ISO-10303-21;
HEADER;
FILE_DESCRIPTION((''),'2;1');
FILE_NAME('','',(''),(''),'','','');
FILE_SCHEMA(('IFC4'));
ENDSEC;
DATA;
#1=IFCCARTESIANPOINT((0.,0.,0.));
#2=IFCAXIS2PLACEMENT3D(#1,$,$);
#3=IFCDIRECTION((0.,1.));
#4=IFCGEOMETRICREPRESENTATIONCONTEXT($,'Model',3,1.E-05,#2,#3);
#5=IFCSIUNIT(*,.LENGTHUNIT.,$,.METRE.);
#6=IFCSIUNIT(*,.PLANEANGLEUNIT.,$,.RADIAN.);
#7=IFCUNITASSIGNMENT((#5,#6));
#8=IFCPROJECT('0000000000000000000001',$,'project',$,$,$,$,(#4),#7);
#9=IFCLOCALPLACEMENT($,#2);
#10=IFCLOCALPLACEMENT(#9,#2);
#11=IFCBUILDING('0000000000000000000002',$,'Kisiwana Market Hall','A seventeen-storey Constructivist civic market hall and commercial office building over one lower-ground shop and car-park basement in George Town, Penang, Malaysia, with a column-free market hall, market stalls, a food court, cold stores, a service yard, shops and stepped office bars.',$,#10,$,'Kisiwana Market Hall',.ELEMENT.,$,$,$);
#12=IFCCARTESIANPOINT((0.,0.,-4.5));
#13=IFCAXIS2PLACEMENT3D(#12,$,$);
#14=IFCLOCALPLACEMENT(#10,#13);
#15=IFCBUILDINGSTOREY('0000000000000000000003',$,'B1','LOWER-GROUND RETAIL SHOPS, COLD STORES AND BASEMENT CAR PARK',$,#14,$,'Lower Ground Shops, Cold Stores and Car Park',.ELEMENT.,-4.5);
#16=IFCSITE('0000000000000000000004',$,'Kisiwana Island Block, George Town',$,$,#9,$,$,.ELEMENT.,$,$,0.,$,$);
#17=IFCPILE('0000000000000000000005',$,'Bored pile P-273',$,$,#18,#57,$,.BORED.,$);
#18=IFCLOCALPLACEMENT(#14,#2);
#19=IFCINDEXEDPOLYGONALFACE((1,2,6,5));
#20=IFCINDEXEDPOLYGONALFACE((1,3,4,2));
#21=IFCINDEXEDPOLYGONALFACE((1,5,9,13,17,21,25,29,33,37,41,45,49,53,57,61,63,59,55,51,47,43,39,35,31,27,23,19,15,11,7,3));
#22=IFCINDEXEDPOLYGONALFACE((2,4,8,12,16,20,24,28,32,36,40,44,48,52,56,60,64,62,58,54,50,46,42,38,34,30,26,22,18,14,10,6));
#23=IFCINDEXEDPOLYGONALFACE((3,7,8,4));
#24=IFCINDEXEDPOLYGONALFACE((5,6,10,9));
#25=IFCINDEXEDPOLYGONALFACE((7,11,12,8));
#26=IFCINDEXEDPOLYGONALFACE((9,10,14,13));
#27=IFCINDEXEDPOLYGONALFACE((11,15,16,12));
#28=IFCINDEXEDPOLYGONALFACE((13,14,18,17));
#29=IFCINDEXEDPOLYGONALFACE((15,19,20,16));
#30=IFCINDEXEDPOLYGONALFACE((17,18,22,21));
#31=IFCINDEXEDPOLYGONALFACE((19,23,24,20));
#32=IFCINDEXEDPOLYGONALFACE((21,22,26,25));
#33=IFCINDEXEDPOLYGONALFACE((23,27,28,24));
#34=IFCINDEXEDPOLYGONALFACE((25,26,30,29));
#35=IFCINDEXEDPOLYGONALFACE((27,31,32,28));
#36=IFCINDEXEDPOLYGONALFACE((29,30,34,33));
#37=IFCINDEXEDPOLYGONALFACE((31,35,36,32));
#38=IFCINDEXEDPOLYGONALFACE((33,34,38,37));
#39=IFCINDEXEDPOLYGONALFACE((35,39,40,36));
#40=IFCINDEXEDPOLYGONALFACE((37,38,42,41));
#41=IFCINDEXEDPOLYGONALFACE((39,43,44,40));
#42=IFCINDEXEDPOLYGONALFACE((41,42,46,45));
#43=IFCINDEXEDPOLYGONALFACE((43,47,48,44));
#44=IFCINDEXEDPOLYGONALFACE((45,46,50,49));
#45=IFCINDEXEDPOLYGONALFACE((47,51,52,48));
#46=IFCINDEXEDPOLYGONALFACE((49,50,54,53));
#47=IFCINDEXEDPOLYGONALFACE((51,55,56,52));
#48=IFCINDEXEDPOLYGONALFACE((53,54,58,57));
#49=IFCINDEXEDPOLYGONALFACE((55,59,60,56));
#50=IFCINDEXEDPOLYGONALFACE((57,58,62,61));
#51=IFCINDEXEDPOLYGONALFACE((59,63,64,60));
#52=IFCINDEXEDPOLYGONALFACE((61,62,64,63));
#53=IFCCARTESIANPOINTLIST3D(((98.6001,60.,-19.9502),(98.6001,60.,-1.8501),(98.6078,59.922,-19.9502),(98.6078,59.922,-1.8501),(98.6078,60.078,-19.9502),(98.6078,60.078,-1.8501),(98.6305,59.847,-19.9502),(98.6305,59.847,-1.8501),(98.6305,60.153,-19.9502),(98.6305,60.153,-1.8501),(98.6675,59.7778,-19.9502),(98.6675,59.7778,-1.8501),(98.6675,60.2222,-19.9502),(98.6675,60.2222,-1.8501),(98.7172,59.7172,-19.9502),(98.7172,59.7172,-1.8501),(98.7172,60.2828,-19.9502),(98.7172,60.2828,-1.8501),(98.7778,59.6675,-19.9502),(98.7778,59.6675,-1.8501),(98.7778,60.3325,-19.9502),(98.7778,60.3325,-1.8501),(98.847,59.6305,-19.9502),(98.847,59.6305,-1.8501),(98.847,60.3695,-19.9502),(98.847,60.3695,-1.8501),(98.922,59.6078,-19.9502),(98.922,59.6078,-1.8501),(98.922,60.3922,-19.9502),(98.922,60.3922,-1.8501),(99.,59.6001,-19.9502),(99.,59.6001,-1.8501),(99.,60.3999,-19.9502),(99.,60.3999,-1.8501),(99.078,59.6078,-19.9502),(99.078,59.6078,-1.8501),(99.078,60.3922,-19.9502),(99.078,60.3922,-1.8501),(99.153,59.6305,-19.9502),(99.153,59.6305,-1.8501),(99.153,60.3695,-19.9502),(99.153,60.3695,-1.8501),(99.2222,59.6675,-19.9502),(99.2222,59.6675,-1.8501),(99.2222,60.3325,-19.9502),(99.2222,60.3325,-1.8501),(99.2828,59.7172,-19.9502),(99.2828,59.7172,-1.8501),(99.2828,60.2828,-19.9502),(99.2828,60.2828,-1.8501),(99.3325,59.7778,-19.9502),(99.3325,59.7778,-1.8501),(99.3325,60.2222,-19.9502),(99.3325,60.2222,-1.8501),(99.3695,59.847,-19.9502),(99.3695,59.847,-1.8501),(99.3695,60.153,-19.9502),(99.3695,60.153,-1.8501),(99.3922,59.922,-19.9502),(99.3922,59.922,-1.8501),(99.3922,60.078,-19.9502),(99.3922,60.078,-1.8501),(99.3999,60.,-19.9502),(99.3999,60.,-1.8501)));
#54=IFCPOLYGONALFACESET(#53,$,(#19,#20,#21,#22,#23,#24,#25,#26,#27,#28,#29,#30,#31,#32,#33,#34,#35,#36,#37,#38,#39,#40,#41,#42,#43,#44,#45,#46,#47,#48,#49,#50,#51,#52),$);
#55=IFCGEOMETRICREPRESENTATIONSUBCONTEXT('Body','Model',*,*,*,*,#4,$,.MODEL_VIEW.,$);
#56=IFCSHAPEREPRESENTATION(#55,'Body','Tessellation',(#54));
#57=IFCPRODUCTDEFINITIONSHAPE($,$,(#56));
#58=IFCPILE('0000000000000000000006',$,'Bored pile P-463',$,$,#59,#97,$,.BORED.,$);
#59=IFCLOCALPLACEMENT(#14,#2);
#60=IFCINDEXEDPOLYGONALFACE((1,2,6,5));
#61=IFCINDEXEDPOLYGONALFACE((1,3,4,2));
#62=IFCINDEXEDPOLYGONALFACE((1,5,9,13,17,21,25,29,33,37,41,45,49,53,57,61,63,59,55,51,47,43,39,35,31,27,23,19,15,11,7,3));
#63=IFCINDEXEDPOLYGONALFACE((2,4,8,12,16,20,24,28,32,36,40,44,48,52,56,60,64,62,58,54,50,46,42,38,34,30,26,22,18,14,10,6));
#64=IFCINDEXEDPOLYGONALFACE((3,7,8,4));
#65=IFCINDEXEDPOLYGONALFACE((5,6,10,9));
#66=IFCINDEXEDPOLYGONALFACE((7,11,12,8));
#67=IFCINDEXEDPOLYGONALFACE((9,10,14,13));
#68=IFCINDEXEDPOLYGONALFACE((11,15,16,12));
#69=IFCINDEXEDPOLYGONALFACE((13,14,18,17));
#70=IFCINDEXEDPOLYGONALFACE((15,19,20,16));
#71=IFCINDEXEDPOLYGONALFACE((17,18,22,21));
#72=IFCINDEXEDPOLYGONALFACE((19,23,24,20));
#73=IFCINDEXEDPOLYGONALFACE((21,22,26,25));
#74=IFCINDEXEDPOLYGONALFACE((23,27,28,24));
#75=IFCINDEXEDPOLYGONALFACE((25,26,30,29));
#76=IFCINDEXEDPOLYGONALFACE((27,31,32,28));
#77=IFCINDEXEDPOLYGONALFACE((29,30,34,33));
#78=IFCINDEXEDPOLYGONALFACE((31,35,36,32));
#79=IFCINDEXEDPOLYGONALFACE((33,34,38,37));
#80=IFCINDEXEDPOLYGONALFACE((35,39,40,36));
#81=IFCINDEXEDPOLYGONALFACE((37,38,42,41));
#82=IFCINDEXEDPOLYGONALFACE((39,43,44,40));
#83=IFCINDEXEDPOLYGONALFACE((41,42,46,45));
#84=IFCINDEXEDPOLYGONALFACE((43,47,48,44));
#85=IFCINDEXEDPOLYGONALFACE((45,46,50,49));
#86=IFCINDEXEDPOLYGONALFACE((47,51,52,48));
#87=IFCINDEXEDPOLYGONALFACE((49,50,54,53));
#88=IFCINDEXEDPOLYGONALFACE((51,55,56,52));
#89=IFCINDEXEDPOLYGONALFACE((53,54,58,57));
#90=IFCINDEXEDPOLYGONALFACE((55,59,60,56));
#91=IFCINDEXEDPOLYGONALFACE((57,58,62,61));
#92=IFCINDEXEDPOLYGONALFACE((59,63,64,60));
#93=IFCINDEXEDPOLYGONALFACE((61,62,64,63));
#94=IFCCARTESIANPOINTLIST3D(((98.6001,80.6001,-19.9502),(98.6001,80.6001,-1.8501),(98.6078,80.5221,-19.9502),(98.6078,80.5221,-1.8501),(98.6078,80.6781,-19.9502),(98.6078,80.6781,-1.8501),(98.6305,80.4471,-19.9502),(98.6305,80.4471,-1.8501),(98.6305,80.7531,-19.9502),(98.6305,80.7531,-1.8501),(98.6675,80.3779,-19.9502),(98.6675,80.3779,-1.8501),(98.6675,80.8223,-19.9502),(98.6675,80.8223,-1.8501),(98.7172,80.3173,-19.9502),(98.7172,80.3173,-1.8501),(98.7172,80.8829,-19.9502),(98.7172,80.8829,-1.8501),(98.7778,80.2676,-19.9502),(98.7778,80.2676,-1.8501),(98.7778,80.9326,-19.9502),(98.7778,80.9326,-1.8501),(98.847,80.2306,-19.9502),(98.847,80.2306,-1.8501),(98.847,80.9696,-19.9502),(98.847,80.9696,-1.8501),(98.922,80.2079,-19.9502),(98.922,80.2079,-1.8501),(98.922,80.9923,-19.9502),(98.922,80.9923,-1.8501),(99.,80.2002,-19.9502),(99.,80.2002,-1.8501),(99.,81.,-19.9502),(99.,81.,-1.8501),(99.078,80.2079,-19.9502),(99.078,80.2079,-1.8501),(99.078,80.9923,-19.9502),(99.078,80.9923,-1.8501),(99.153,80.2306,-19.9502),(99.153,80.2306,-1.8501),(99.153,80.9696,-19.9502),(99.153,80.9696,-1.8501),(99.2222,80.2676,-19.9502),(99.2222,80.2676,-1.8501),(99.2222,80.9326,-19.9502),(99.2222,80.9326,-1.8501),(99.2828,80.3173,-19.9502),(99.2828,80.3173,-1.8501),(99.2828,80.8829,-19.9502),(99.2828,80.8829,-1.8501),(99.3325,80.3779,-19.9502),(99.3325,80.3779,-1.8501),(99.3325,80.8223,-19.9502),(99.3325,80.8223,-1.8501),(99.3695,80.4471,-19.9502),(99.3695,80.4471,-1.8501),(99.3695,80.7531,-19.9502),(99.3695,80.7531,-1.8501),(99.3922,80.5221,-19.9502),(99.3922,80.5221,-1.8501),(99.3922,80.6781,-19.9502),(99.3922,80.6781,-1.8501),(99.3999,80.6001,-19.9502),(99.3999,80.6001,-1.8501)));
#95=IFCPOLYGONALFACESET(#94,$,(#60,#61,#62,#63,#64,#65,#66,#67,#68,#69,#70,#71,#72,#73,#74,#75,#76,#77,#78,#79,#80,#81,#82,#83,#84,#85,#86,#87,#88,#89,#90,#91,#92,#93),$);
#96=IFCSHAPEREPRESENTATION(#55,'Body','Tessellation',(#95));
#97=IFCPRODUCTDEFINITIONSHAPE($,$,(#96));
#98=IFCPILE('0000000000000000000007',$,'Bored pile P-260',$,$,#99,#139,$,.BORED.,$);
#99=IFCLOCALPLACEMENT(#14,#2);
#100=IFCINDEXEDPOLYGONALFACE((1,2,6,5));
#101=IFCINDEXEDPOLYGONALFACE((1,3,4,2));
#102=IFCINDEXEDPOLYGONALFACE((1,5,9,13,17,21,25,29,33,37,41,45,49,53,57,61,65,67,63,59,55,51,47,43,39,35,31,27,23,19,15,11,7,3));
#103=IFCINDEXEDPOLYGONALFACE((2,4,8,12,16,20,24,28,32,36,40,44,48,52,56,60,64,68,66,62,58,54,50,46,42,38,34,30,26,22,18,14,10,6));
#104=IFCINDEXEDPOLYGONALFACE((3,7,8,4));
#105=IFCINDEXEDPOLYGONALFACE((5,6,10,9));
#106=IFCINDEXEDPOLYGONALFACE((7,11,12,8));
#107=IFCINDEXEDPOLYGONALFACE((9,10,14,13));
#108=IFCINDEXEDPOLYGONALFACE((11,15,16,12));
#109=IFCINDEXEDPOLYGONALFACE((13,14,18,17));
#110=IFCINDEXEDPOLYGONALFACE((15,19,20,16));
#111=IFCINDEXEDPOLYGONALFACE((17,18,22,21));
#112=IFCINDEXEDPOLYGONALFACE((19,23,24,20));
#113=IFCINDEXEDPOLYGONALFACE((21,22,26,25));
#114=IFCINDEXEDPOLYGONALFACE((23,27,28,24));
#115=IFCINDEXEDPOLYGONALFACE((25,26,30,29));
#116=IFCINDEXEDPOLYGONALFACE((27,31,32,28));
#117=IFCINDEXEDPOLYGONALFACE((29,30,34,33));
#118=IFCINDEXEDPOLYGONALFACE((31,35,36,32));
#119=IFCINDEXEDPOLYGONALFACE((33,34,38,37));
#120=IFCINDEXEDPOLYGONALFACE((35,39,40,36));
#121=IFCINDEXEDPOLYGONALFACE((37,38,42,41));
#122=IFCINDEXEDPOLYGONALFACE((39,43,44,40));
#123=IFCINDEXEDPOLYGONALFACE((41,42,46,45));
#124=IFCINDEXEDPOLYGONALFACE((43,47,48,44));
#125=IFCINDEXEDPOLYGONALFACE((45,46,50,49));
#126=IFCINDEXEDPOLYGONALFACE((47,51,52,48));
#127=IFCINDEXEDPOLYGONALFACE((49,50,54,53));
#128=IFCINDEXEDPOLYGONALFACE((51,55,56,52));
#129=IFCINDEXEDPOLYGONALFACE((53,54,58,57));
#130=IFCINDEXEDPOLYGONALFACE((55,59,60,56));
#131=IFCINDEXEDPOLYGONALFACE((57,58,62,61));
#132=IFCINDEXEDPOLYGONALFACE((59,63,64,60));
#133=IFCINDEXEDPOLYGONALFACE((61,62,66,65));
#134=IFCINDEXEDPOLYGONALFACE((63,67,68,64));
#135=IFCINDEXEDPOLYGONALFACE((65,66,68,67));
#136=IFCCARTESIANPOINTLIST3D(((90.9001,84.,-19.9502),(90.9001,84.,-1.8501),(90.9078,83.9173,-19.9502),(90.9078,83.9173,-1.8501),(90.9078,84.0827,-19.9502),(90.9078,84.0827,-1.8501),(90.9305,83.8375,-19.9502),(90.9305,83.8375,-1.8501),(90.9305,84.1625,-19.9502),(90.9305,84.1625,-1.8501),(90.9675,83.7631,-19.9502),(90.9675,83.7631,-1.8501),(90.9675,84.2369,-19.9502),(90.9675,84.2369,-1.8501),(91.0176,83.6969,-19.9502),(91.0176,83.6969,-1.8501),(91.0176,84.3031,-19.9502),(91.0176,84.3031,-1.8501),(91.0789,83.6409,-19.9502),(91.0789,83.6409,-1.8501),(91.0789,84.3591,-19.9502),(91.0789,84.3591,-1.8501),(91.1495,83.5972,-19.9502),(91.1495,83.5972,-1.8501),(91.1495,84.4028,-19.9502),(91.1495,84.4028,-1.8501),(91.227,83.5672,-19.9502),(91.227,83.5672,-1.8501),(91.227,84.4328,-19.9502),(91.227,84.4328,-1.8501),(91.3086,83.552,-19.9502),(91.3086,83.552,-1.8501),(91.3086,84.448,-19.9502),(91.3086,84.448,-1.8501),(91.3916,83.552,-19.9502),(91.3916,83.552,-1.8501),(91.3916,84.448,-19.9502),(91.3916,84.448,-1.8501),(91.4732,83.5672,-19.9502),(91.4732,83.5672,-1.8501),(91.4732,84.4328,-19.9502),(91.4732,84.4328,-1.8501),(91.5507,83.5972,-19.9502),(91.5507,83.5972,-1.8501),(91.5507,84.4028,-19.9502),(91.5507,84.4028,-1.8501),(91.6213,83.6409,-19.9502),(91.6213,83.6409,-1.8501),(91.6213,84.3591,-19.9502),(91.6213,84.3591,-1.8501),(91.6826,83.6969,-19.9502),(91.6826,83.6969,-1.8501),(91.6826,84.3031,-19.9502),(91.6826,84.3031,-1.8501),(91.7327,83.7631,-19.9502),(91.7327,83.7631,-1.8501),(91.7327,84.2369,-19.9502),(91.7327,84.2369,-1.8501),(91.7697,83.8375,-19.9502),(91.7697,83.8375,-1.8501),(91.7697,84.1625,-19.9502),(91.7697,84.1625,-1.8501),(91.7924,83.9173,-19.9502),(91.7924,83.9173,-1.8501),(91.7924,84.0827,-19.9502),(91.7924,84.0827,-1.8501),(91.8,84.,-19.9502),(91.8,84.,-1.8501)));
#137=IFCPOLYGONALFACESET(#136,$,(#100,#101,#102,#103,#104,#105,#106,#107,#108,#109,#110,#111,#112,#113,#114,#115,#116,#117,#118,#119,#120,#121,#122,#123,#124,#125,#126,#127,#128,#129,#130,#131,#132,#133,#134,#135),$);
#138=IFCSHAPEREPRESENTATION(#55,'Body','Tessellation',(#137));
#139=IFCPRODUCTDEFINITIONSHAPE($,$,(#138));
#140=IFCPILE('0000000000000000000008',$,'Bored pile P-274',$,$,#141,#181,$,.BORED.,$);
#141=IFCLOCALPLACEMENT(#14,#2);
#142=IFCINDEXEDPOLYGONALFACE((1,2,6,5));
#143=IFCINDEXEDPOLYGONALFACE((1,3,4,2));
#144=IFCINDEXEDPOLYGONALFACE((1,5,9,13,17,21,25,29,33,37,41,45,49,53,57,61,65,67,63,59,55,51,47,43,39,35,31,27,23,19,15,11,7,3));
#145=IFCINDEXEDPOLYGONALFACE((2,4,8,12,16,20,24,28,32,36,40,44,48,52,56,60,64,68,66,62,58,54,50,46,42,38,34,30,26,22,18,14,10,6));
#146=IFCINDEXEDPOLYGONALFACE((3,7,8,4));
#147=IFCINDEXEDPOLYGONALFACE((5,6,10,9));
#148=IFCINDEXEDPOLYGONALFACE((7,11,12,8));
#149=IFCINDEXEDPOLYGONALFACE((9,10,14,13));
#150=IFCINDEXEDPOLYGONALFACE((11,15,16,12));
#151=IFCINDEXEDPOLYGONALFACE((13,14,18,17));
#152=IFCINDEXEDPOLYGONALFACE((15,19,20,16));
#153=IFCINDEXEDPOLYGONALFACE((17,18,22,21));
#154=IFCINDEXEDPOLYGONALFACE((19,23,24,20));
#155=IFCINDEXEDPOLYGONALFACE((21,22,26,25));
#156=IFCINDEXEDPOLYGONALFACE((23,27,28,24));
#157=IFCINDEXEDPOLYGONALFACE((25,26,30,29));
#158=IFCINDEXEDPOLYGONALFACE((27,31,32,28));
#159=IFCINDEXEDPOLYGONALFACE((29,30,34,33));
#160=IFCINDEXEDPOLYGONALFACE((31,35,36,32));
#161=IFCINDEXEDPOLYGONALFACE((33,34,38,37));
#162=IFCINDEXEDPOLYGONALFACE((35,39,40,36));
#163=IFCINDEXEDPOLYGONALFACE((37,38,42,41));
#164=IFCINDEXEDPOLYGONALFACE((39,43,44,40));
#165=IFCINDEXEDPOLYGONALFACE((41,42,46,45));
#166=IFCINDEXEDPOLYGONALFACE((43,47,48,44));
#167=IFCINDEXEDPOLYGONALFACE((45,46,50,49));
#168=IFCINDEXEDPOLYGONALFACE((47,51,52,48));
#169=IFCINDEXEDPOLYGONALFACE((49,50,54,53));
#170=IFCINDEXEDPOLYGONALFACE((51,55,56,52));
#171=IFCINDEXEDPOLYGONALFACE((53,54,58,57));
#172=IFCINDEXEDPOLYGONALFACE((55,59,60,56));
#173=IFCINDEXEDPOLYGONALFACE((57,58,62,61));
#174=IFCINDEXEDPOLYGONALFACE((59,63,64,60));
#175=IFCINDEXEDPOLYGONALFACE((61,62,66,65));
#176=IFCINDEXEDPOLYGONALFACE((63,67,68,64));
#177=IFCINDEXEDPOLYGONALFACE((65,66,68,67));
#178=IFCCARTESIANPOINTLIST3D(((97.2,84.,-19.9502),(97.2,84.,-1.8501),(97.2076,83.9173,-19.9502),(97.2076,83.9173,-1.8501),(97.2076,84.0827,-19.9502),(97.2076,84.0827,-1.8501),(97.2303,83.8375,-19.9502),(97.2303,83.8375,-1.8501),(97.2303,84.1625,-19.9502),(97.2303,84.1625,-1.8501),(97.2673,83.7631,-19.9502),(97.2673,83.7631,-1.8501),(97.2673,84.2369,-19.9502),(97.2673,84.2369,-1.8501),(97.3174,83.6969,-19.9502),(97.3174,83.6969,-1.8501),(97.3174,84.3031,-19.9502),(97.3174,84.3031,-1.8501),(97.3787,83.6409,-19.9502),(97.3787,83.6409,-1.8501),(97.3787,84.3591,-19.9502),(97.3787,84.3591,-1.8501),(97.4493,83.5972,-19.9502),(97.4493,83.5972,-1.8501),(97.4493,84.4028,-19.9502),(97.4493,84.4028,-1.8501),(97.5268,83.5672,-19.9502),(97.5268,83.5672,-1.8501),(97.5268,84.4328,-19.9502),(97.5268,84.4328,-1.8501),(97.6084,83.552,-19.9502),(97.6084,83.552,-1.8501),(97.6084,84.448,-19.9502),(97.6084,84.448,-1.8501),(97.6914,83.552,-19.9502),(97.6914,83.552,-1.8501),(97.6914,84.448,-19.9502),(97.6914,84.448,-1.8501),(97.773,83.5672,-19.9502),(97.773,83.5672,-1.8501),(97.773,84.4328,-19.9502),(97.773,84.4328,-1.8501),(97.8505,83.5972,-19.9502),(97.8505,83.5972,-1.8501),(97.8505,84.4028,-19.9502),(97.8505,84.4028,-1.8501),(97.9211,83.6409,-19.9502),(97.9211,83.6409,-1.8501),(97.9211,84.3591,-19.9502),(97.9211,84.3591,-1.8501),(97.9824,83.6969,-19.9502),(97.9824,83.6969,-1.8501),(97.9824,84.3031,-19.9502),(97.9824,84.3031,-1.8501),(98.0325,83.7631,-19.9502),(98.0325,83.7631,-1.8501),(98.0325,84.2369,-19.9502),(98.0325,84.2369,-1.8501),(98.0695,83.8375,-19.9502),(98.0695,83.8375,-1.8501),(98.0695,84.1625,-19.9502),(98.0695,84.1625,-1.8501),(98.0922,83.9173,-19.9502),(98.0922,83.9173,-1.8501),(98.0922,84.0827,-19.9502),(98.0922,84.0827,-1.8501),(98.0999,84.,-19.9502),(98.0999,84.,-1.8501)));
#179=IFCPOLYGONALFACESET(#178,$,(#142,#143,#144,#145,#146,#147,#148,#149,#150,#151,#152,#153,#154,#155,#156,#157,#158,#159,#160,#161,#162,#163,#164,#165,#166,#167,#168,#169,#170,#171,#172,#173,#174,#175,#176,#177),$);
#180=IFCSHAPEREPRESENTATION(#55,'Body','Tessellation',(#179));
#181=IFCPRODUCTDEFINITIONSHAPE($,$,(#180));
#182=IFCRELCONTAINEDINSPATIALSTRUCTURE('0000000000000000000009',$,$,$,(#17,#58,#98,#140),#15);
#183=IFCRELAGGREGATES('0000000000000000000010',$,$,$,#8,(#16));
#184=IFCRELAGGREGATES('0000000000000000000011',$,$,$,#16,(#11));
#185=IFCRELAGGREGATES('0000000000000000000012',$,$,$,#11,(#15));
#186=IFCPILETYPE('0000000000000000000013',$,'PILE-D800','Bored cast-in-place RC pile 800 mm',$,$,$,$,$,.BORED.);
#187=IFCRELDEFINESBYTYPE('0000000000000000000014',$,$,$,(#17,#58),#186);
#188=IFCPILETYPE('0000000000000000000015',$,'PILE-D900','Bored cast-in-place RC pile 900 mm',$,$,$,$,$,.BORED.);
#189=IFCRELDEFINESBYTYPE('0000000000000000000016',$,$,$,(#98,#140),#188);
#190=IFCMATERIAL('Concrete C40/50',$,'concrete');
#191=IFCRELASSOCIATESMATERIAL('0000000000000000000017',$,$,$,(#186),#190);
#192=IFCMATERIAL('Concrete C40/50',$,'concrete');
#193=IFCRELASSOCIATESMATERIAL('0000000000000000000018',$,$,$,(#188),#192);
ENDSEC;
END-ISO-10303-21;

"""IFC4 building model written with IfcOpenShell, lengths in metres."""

from ifc_helpers import new_model, si_unit, direction, frame, origin, origin_2d, place, context, subcontext, project, spatial, circle, extrude, material, material_profile, profile_set, type_object, element, save


model = new_model("IFC4")

# Units and contexts
model_context = context("Model", 3, precision=1e-05, world=origin(), true_north=direction((0.0, 1.0)))
body_context = subcontext(model_context, "Body", "Model", "MODEL_VIEW")
ifc_project = project(units=[si_unit("LENGTHUNIT", "METRE"), si_unit("PLANEANGLEUNIT", "RADIAN")], contexts=[model_context])

# Site, building, storey
site_placement = place(None, origin())
site = spatial("IfcSite", under=ifc_project, at=site_placement, Name="Kisiwana Island Block, George Town", CompositionType="ELEMENT", RefElevation=0.0)
building_placement = place(site_placement, origin())
building = spatial("IfcBuilding", under=site, at=building_placement, Name="Kisiwana Market Hall", Description="A seventeen-storey Constructivist civic market hall and commercial office building over one lower-ground shop and car-park basement in George Town, Penang, Malaysia, with a column-free market hall, market stalls, a food court, cold stores, a service yard, shops and stepped office bars.", LongName="Kisiwana Market Hall", CompositionType="ELEMENT")
storey_placement = place(building_placement, frame((0.0, 0.0, -4.5)))
storey = spatial("IfcBuildingStorey", under=building, at=storey_placement, Name="B1", Description="LOWER-GROUND RETAIL SHOPS, COLD STORES AND BASEMENT CAR PARK", LongName="Lower Ground Shops, Cold Stores and Car Park", CompositionType="ELEMENT", Elevation=-4.5)

# Piles
ifc_material_1 = material(Name="Concrete C40/50", Category="concrete")
ifc_material_profile_1 = material_profile(ifc_material_1, circle(Radius=0.3999, at=origin_2d()), Name="BP D800")
ifc_profile_set_1 = profile_set([ifc_material_profile_1], Name="Concrete C40/50")
pile_type_1 = type_object("IfcPileType", Name="PILE-D800", Description="Bored cast-in-place RC pile 800 mm", PredefinedType="BORED", material=ifc_profile_set_1)
for number, where, z_axis, x_axis, name in (
    (1, (99.0, 60.0, -1.8501), (0.0, 0.0, -1.0), (1.0, 0.0, 0.0), "Bored pile P-273"),
    (2, (99.0, 80.6001, -1.8501), (0.0, 0.0, -1.0), (1.0, 0.0, 0.0), "Bored pile P-463"),
):
    element("IfcPile", number, at=place(storey_placement, frame(where, z_axis=z_axis, x_axis=x_axis)), inside=storey, type_object=pile_type_1, Name=name, PredefinedType="BORED", context=body_context, shape_type="SweptSolid", body=[
        extrude(circle(Radius=0.3999, at=origin_2d()), origin(), (0.0, 0.0, 1.0), 18.1001),
    ])
ifc_material_2 = material(Name="Concrete C40/50", Category="concrete")
ifc_material_profile_2 = material_profile(ifc_material_2, circle(Radius=0.45, at=origin_2d()), Name="BP D900")
ifc_profile_set_2 = profile_set([ifc_material_profile_2], Name="Concrete C40/50")
pile_type_2 = type_object("IfcPileType", Name="PILE-D900", Description="Bored cast-in-place RC pile 900 mm", PredefinedType="BORED", material=ifc_profile_set_2)
for number, where, z_axis, x_axis, name in (
    (3, (91.3501, 84.0, -1.8501), (0.0, 0.0, -1.0), (1.0, 0.0, 0.0), "Bored pile P-260"),
    (4, (97.6499, 84.0, -1.8501), (0.0, 0.0, -1.0), (1.0, 0.0, 0.0), "Bored pile P-274"),
):
    element("IfcPile", number, at=place(storey_placement, frame(where, z_axis=z_axis, x_axis=x_axis)), inside=storey, type_object=pile_type_2, Name=name, PredefinedType="BORED", context=body_context, shape_type="SweptSolid", body=[
        extrude(circle(Radius=0.45, at=origin_2d()), origin(), (0.0, 0.0, 1.0), 18.1001),
    ])

save(model, "model.ifc")
